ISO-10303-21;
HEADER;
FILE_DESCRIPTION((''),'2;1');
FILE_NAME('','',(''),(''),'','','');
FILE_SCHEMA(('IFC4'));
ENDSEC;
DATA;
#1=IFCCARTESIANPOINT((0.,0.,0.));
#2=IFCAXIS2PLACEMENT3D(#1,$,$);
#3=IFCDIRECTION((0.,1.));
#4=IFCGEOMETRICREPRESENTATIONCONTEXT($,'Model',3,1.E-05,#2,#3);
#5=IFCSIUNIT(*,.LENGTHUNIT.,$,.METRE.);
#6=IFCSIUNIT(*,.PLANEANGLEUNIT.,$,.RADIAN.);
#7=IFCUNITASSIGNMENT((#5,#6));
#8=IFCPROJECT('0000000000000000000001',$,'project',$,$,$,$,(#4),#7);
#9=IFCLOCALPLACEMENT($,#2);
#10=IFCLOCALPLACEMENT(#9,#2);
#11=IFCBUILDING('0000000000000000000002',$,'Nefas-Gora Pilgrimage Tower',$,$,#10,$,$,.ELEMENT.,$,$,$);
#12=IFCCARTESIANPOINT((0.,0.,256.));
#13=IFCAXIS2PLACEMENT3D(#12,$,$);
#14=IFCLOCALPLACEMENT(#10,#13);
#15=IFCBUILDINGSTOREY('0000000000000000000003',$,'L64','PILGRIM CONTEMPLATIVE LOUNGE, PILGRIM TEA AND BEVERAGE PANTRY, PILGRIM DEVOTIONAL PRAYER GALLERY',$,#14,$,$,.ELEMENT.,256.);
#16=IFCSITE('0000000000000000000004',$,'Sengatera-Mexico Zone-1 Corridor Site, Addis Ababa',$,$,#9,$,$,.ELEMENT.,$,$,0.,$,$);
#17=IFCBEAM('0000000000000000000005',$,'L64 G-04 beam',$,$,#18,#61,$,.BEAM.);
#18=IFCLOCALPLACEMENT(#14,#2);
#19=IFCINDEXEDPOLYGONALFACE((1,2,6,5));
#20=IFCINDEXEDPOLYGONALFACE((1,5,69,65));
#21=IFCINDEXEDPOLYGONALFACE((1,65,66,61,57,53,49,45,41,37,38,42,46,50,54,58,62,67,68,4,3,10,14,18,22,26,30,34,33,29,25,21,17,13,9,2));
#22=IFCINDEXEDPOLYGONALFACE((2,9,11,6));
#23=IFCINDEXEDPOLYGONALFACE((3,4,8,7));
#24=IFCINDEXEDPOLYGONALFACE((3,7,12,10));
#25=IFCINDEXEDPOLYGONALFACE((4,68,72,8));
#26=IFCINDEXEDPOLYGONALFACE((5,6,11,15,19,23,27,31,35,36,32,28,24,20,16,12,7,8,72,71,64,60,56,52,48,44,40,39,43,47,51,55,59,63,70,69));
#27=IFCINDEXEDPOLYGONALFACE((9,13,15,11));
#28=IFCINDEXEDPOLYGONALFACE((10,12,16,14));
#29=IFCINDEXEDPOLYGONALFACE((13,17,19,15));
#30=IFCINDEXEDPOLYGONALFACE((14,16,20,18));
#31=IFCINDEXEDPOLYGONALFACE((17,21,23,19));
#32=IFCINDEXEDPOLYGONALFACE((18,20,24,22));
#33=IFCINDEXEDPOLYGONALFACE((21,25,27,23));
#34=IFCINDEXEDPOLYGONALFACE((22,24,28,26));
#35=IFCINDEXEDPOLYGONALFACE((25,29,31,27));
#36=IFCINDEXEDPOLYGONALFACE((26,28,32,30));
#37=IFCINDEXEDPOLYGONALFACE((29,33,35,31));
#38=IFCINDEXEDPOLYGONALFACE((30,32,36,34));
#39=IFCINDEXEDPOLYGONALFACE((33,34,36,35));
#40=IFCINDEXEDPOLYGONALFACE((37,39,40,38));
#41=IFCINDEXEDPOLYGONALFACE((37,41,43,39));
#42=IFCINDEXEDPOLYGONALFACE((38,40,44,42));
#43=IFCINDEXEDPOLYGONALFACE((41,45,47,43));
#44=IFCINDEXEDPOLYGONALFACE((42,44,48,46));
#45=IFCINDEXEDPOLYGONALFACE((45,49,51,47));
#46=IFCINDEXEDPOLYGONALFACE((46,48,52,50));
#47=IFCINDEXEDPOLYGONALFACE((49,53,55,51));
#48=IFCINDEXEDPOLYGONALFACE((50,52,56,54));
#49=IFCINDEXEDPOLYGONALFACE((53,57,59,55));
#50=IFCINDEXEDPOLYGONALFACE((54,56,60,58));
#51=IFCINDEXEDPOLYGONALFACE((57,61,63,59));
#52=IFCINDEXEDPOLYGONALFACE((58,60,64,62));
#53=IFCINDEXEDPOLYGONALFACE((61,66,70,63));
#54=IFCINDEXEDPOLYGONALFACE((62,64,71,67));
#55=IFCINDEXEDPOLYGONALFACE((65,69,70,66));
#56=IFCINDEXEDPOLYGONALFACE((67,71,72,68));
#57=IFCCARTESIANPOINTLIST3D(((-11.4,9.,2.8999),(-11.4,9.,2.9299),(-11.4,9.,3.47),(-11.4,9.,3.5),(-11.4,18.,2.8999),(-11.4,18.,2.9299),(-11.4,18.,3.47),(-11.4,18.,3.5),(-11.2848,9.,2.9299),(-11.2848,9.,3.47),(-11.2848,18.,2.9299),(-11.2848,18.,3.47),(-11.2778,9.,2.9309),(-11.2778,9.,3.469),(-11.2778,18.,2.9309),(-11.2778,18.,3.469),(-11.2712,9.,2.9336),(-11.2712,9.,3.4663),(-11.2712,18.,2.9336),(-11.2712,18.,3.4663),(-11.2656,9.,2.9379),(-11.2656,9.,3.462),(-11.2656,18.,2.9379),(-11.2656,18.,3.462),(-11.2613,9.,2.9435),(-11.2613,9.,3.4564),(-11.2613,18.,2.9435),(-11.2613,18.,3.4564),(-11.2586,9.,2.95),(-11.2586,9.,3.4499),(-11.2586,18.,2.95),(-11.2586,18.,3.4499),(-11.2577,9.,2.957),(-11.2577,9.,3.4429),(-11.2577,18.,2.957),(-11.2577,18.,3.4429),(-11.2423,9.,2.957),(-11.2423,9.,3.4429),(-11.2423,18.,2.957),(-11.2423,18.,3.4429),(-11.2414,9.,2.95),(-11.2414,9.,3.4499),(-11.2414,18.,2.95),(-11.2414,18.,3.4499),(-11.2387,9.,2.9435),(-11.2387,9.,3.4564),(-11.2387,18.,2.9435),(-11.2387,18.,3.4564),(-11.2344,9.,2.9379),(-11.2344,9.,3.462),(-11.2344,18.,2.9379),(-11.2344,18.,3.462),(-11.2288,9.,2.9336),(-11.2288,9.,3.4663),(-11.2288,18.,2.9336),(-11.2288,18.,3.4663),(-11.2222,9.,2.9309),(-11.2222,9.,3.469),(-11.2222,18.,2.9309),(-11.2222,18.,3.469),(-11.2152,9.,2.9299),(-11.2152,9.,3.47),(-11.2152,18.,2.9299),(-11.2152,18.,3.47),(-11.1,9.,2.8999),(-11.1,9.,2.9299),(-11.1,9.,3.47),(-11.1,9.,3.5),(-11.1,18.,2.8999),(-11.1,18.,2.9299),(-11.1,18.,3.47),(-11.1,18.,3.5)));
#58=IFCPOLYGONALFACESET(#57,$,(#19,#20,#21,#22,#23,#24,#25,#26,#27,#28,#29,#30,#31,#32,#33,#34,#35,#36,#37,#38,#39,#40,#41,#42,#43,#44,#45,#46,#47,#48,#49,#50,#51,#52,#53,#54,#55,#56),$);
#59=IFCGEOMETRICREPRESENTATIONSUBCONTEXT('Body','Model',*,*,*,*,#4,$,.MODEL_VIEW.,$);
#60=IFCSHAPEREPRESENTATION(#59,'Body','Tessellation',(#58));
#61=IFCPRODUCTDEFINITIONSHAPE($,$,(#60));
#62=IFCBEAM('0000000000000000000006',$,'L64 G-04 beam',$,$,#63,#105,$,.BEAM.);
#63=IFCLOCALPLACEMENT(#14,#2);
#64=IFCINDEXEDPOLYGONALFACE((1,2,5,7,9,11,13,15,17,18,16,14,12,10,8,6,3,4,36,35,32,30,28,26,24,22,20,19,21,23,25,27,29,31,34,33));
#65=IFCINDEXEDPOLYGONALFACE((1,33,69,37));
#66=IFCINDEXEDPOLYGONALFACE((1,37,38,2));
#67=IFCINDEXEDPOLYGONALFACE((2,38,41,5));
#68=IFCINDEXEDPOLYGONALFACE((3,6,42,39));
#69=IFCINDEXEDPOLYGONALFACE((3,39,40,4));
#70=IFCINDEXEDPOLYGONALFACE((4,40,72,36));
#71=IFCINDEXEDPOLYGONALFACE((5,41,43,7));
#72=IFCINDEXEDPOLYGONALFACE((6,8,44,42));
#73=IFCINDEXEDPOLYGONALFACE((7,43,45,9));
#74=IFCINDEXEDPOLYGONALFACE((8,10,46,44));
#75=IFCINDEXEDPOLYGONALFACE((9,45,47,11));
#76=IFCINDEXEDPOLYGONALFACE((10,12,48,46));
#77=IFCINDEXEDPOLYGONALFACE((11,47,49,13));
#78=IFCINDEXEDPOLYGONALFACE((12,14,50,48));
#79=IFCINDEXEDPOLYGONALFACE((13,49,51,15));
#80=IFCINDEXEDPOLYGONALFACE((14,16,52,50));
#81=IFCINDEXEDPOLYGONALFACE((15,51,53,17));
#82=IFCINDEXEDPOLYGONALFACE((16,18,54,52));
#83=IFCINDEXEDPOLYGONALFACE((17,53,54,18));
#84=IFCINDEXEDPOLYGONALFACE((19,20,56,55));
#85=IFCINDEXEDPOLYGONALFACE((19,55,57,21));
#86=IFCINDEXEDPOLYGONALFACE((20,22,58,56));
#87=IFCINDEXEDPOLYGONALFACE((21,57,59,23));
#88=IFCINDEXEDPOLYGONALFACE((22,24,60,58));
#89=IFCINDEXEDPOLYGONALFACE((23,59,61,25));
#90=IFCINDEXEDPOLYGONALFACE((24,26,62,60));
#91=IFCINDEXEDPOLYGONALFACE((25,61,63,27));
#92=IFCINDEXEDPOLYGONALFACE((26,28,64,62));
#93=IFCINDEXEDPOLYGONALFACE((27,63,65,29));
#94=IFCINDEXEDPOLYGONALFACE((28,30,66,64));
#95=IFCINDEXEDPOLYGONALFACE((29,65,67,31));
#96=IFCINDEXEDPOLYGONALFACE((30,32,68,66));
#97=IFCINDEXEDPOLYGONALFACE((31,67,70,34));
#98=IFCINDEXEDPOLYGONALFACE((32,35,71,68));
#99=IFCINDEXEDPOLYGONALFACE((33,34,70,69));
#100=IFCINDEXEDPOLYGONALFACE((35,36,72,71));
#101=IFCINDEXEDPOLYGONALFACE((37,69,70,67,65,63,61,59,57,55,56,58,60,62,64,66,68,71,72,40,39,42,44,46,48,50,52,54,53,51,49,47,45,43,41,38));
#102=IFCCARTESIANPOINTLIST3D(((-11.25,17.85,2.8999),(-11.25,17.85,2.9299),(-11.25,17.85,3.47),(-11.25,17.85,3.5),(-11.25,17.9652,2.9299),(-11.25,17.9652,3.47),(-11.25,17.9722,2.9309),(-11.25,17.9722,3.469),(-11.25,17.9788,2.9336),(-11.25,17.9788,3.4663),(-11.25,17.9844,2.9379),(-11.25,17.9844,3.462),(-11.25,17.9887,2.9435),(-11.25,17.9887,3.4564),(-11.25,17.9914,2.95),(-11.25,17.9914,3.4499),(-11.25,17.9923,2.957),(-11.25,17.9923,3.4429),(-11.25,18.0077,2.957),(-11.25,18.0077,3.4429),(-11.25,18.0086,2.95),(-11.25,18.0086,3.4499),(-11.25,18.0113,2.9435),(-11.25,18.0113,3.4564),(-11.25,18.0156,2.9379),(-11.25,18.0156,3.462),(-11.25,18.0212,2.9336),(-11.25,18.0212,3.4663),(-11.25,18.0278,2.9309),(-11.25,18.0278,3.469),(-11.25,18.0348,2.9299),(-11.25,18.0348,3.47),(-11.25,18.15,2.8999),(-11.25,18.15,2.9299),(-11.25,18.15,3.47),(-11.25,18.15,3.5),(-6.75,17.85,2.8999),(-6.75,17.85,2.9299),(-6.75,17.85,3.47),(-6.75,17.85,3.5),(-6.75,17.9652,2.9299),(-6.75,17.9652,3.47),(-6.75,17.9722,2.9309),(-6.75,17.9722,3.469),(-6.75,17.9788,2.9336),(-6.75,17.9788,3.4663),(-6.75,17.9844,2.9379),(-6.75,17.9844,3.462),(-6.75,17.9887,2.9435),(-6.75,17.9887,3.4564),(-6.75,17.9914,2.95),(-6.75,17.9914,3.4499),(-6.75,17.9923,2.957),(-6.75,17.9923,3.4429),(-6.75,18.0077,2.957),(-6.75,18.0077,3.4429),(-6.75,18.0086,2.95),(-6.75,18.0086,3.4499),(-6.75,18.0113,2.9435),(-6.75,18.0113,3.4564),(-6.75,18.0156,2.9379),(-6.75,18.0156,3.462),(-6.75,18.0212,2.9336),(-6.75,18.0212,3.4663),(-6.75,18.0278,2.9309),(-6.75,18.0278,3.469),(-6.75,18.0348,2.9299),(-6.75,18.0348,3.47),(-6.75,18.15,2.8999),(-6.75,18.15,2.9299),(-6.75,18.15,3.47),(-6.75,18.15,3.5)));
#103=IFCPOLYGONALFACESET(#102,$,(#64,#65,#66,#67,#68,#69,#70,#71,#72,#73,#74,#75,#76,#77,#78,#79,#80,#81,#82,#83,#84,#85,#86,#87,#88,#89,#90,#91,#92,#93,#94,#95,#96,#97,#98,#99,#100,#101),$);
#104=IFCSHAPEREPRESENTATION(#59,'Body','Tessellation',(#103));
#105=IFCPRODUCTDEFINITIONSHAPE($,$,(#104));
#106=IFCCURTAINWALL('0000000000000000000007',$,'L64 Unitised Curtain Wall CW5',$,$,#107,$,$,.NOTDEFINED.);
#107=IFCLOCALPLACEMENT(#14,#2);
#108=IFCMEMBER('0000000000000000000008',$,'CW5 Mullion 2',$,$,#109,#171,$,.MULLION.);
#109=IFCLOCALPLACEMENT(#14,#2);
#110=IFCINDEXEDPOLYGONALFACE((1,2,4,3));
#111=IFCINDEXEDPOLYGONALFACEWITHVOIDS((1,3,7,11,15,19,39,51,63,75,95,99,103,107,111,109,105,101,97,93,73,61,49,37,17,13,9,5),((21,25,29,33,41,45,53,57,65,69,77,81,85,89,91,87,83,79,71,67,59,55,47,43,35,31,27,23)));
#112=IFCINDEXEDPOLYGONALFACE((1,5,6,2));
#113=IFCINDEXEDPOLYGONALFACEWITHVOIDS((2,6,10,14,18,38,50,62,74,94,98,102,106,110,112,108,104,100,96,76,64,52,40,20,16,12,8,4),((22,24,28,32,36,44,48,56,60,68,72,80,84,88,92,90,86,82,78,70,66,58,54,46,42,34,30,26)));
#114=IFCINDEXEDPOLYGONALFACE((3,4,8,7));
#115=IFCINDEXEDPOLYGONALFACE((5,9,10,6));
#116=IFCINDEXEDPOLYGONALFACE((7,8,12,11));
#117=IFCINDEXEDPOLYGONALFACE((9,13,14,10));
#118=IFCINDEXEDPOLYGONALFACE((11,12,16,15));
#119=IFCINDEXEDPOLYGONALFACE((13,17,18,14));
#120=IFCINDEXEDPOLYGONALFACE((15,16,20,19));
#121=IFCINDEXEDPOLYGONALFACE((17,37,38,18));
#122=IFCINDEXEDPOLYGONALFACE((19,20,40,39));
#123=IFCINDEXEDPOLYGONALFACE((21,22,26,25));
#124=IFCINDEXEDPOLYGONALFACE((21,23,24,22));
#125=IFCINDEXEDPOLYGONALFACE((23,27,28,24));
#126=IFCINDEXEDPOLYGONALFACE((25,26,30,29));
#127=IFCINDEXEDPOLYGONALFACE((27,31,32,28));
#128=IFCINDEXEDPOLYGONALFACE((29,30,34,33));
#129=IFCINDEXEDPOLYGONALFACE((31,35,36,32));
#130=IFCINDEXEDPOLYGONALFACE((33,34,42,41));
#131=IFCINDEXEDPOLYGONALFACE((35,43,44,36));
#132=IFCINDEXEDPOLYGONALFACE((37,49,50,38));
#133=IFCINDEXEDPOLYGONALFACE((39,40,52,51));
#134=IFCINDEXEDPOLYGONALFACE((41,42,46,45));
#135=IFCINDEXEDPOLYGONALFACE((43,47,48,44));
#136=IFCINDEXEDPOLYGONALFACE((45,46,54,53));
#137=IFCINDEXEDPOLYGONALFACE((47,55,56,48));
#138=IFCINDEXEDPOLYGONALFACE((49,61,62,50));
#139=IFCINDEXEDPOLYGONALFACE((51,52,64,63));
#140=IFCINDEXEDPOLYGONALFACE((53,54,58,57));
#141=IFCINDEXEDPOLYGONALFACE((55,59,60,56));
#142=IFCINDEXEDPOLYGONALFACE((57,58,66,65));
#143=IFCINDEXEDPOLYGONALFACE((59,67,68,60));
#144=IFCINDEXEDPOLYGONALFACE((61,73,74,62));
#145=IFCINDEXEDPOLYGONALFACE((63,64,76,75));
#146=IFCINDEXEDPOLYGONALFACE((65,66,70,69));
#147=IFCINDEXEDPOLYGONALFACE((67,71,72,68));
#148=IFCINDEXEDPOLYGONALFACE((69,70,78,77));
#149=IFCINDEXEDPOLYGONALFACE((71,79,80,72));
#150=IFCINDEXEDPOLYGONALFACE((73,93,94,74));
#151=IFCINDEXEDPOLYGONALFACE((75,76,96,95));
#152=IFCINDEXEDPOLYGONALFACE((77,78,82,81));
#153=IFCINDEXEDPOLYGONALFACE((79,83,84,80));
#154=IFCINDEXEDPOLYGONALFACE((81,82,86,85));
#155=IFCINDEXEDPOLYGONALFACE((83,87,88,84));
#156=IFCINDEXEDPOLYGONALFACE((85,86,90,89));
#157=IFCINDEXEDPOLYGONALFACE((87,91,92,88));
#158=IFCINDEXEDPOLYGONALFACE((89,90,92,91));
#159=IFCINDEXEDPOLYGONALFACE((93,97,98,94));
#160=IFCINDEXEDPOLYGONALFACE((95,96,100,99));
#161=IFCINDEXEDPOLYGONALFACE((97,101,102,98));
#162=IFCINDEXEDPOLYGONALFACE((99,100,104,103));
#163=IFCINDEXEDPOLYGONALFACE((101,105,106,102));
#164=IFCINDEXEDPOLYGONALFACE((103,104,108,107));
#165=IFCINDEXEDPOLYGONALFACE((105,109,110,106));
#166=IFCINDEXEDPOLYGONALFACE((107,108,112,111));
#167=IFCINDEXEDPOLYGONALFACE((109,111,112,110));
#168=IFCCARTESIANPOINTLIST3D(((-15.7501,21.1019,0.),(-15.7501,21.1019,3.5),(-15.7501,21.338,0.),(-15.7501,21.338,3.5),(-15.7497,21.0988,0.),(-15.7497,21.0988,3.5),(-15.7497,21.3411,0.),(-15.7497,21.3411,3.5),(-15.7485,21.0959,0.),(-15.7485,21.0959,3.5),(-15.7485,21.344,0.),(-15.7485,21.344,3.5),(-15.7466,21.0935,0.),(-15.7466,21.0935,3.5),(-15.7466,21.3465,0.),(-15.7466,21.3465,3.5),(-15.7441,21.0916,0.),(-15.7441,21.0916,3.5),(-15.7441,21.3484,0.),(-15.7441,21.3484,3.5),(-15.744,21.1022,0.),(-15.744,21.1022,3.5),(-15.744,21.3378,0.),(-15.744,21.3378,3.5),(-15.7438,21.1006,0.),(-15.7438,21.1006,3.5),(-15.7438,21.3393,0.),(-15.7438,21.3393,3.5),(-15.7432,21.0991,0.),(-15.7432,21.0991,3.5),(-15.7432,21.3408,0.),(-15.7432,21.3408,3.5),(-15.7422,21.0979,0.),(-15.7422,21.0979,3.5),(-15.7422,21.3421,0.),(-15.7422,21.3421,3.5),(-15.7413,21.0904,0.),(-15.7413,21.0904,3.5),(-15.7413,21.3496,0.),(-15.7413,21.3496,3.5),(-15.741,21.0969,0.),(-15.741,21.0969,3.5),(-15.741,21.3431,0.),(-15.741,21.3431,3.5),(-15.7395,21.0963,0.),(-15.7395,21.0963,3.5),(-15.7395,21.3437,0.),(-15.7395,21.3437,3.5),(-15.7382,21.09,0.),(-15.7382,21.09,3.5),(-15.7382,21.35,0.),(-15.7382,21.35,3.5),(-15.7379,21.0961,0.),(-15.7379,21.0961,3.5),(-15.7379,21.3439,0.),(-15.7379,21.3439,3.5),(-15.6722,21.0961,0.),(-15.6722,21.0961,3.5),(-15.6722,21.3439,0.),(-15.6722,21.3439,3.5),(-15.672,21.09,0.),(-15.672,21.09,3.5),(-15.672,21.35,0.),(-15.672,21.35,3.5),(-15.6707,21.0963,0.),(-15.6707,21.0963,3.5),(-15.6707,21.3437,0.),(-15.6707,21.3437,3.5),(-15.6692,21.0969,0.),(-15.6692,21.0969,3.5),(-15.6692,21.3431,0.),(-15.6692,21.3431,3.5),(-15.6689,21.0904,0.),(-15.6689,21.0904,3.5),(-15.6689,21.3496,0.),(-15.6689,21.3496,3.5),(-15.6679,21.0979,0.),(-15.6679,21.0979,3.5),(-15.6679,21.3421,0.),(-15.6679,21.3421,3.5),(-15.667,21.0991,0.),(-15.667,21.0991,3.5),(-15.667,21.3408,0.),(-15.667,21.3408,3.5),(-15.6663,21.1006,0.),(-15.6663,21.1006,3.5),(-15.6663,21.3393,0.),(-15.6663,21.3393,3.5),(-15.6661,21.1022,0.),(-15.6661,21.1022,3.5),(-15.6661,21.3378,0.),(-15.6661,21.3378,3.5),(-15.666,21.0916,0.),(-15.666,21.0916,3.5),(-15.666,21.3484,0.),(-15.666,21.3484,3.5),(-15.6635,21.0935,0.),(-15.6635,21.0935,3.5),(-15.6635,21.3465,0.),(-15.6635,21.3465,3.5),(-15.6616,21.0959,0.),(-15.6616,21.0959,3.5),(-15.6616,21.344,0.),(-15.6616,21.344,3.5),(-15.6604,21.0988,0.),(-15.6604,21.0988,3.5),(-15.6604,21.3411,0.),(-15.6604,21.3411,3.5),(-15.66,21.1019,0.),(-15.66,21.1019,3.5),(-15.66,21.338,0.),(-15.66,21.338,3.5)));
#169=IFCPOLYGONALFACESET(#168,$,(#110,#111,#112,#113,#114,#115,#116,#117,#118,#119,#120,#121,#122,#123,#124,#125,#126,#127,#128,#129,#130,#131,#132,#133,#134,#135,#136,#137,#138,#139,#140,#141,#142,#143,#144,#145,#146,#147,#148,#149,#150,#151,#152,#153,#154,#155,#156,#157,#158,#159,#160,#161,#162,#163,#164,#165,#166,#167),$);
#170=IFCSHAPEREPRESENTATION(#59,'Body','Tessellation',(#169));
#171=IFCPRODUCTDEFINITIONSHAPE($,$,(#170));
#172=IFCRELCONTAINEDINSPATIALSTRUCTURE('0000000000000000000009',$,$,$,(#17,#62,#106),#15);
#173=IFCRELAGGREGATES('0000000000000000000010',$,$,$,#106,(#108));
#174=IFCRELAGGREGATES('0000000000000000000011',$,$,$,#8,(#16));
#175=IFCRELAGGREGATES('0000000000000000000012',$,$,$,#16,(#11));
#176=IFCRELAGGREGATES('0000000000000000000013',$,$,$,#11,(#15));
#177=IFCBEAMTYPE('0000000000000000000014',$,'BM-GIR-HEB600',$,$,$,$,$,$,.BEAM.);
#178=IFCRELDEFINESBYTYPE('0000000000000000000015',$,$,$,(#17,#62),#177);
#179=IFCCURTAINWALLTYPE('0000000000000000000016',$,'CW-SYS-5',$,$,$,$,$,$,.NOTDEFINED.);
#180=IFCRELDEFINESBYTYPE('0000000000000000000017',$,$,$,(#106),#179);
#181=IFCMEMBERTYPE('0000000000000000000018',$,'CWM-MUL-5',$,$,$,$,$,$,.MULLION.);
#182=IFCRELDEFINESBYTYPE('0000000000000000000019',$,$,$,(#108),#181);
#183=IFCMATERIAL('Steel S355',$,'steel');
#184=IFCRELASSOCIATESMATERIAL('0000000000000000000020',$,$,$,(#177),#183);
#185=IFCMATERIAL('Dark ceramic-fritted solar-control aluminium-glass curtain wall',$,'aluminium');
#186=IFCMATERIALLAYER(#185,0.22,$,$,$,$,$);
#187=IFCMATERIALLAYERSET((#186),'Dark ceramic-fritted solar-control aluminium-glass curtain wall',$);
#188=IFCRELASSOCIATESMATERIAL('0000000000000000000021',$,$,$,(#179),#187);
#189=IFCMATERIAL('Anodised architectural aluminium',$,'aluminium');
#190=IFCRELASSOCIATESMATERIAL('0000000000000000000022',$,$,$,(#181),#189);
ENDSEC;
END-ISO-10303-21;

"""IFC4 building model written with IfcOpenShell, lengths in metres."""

from ifc_helpers import new_model, si_unit, direction, frame, origin, origin_2d, place, context, subcontext, project, spatial, hollow_rectangle, i_section, extrude, source, transform, mapped, material, layer, layer_set, material_profile, profile_set, type_object, element, aggregate, save


model = new_model("IFC4")

# Units and contexts
model_context = context("Model", 3, precision=1e-05, world=origin(), true_north=direction((0.0, 1.0)))
body_context = subcontext(model_context, "Body", "Model", "MODEL_VIEW")
ifc_project = project(units=[si_unit("LENGTHUNIT", "METRE"), si_unit("PLANEANGLEUNIT", "RADIAN")], contexts=[model_context])

# Site, building, storey
site_placement = place(None, origin())
site = spatial("IfcSite", under=ifc_project, at=site_placement, Name="Sengatera-Mexico Zone-1 Corridor Site, Addis Ababa", CompositionType="ELEMENT", RefElevation=0.0)
building_placement = place(site_placement, origin())
building = spatial("IfcBuilding", under=site, at=building_placement, Name="Nefas-Gora Pilgrimage Tower", CompositionType="ELEMENT")
storey_placement = place(building_placement, frame((0.0, 0.0, 256.0)))
storey = spatial("IfcBuildingStorey", under=building, at=storey_placement, Name="L64", Description="PILGRIM CONTEMPLATIVE LOUNGE, PILGRIM TEA AND BEVERAGE PANTRY, PILGRIM DEVOTIONAL PRAYER GALLERY", CompositionType="ELEMENT", Elevation=256.0)

# Beams
ifc_material_1 = material(Name="Steel S355", Category="steel")
ifc_material_profile_1 = material_profile(ifc_material_1, i_section(OverallWidth=0.3, OverallDepth=0.6001, WebThickness=0.0154, FlangeThickness=0.03, FilletRadius=0.0271, at=origin_2d()), Name="HEB 600")
ifc_profile_set_1 = profile_set([ifc_material_profile_1], Name="Steel S355")
beam_type = type_object("IfcBeamType", Name="BM-GIR-HEB600", PredefinedType="BEAM", material=ifc_profile_set_1)
shared_shape_1 = source(origin(), body_context, "Body", "SweptSolid", [
    extrude(i_section(OverallWidth=0.3, OverallDepth=0.6001, WebThickness=0.0154, FlangeThickness=0.03, FilletRadius=0.0271, at=origin_2d()), origin(), (0.0, 0.0, 1.0), 9.0),
])
for number, where, z_axis, x_axis, name in (
    (1, (-11.25, 9.0, 3.2), (0.0, 1.0, 0.0), (-1.0, 0.0, 0.0), "L64 G-04 beam"),
):
    element("IfcBeam", number, at=place(storey_placement, frame(where, z_axis=z_axis, x_axis=x_axis)), inside=storey, type_object=beam_type, Name=name, PredefinedType="BEAM", context=body_context, shape_type="MappedRepresentation", body=[
        mapped(shared_shape_1, transform((0.0, 0.0, 0.0), x_axis=(1.0, 0.0, 0.0), y_axis=(0.0, 1.0, 0.0), z_axis=(0.0, 0.0, 1.0), scale=1.0)),
    ])
shared_shape_2 = source(origin(), body_context, "Body", "SweptSolid", [
    extrude(i_section(OverallWidth=0.3, OverallDepth=0.6001, WebThickness=0.0154, FlangeThickness=0.03, FilletRadius=0.0271, at=origin_2d()), origin(), (0.0, 0.0, 1.0), 4.5),
])
beam_placement = place(storey_placement, frame((-11.25, 18.0, 3.2), z_axis=(1.0, 0.0, 0.0), x_axis=(0.0, 1.0, 0.0)))
element("IfcBeam", 2, at=beam_placement, inside=storey, type_object=beam_type, Name="L64 G-04 beam", PredefinedType="BEAM", context=body_context, shape_type="MappedRepresentation", body=[
    mapped(shared_shape_2, transform((0.0, 0.0, 0.0), x_axis=(1.0, 0.0, 0.0), y_axis=(0.0, 1.0, 0.0), z_axis=(0.0, 0.0, 1.0), scale=1.0)),
])

# Curtain wall, member
ifc_material_2 = material(Name="Dark ceramic-fritted solar-control aluminium-glass curtain wall", Category="aluminium")
ifc_layer_1 = layer(ifc_material_2, 0.22)
ifc_layer_set_1 = layer_set([ifc_layer_1], Name="Dark ceramic-fritted solar-control aluminium-glass curtain wall")
curtain_wall_type_1 = type_object("IfcCurtainWallType", Name="CW-SYS-5", PredefinedType="NOTDEFINED", material=ifc_layer_set_1)
curtain_wall_1_placement = place(storey_placement, origin())
curtain_wall_1 = element("IfcCurtainWall", 3, at=curtain_wall_1_placement, inside=storey, type_object=curtain_wall_type_1, Name="L64 Unitised Curtain Wall CW5", PredefinedType="NOTDEFINED")
ifc_material_3 = material(Name="Anodised architectural aluminium", Category="aluminium")
ifc_material_profile_2 = material_profile(ifc_material_3, hollow_rectangle(XDim=0.0901, YDim=0.26, WallThickness=0.0061, InnerFilletRadius=0.0061, OuterFilletRadius=0.012, at=origin_2d()), Name="ALU MULLION 90x260")
ifc_profile_set_2 = profile_set([ifc_material_profile_2], Name="Anodised architectural aluminium")
member_type_1 = type_object("IfcMemberType", Name="CWM-MUL-5", PredefinedType="MULLION", material=ifc_profile_set_2)
shared_shape_3 = source(origin(), body_context, "Body", "SweptSolid", [
    extrude(hollow_rectangle(XDim=0.0901, YDim=0.26, WallThickness=0.0061, InnerFilletRadius=0.0061, OuterFilletRadius=0.012, at=origin_2d()), origin(), (0.0, 0.0, 1.0), 3.5),
])
member_1_placement = place(storey_placement, frame((-15.7051, 21.22, 0.0), z_axis=(0.0, 0.0, 1.0), x_axis=(-1.0, 0.0, 0.0)))
member_1 = element("IfcMember", 4, at=member_1_placement, type_object=member_type_1, Name="CW5 Mullion 2", PredefinedType="MULLION", context=body_context, shape_type="MappedRepresentation", body=[
    mapped(shared_shape_3, transform((0.0, 0.0, 0.0), x_axis=(1.0, 0.0, 0.0), y_axis=(0.0, 1.0, 0.0), z_axis=(0.0, 0.0, 1.0), scale=1.0)),
])

aggregate(curtain_wall_1, [member_1])

save(model, "model.ifc")
